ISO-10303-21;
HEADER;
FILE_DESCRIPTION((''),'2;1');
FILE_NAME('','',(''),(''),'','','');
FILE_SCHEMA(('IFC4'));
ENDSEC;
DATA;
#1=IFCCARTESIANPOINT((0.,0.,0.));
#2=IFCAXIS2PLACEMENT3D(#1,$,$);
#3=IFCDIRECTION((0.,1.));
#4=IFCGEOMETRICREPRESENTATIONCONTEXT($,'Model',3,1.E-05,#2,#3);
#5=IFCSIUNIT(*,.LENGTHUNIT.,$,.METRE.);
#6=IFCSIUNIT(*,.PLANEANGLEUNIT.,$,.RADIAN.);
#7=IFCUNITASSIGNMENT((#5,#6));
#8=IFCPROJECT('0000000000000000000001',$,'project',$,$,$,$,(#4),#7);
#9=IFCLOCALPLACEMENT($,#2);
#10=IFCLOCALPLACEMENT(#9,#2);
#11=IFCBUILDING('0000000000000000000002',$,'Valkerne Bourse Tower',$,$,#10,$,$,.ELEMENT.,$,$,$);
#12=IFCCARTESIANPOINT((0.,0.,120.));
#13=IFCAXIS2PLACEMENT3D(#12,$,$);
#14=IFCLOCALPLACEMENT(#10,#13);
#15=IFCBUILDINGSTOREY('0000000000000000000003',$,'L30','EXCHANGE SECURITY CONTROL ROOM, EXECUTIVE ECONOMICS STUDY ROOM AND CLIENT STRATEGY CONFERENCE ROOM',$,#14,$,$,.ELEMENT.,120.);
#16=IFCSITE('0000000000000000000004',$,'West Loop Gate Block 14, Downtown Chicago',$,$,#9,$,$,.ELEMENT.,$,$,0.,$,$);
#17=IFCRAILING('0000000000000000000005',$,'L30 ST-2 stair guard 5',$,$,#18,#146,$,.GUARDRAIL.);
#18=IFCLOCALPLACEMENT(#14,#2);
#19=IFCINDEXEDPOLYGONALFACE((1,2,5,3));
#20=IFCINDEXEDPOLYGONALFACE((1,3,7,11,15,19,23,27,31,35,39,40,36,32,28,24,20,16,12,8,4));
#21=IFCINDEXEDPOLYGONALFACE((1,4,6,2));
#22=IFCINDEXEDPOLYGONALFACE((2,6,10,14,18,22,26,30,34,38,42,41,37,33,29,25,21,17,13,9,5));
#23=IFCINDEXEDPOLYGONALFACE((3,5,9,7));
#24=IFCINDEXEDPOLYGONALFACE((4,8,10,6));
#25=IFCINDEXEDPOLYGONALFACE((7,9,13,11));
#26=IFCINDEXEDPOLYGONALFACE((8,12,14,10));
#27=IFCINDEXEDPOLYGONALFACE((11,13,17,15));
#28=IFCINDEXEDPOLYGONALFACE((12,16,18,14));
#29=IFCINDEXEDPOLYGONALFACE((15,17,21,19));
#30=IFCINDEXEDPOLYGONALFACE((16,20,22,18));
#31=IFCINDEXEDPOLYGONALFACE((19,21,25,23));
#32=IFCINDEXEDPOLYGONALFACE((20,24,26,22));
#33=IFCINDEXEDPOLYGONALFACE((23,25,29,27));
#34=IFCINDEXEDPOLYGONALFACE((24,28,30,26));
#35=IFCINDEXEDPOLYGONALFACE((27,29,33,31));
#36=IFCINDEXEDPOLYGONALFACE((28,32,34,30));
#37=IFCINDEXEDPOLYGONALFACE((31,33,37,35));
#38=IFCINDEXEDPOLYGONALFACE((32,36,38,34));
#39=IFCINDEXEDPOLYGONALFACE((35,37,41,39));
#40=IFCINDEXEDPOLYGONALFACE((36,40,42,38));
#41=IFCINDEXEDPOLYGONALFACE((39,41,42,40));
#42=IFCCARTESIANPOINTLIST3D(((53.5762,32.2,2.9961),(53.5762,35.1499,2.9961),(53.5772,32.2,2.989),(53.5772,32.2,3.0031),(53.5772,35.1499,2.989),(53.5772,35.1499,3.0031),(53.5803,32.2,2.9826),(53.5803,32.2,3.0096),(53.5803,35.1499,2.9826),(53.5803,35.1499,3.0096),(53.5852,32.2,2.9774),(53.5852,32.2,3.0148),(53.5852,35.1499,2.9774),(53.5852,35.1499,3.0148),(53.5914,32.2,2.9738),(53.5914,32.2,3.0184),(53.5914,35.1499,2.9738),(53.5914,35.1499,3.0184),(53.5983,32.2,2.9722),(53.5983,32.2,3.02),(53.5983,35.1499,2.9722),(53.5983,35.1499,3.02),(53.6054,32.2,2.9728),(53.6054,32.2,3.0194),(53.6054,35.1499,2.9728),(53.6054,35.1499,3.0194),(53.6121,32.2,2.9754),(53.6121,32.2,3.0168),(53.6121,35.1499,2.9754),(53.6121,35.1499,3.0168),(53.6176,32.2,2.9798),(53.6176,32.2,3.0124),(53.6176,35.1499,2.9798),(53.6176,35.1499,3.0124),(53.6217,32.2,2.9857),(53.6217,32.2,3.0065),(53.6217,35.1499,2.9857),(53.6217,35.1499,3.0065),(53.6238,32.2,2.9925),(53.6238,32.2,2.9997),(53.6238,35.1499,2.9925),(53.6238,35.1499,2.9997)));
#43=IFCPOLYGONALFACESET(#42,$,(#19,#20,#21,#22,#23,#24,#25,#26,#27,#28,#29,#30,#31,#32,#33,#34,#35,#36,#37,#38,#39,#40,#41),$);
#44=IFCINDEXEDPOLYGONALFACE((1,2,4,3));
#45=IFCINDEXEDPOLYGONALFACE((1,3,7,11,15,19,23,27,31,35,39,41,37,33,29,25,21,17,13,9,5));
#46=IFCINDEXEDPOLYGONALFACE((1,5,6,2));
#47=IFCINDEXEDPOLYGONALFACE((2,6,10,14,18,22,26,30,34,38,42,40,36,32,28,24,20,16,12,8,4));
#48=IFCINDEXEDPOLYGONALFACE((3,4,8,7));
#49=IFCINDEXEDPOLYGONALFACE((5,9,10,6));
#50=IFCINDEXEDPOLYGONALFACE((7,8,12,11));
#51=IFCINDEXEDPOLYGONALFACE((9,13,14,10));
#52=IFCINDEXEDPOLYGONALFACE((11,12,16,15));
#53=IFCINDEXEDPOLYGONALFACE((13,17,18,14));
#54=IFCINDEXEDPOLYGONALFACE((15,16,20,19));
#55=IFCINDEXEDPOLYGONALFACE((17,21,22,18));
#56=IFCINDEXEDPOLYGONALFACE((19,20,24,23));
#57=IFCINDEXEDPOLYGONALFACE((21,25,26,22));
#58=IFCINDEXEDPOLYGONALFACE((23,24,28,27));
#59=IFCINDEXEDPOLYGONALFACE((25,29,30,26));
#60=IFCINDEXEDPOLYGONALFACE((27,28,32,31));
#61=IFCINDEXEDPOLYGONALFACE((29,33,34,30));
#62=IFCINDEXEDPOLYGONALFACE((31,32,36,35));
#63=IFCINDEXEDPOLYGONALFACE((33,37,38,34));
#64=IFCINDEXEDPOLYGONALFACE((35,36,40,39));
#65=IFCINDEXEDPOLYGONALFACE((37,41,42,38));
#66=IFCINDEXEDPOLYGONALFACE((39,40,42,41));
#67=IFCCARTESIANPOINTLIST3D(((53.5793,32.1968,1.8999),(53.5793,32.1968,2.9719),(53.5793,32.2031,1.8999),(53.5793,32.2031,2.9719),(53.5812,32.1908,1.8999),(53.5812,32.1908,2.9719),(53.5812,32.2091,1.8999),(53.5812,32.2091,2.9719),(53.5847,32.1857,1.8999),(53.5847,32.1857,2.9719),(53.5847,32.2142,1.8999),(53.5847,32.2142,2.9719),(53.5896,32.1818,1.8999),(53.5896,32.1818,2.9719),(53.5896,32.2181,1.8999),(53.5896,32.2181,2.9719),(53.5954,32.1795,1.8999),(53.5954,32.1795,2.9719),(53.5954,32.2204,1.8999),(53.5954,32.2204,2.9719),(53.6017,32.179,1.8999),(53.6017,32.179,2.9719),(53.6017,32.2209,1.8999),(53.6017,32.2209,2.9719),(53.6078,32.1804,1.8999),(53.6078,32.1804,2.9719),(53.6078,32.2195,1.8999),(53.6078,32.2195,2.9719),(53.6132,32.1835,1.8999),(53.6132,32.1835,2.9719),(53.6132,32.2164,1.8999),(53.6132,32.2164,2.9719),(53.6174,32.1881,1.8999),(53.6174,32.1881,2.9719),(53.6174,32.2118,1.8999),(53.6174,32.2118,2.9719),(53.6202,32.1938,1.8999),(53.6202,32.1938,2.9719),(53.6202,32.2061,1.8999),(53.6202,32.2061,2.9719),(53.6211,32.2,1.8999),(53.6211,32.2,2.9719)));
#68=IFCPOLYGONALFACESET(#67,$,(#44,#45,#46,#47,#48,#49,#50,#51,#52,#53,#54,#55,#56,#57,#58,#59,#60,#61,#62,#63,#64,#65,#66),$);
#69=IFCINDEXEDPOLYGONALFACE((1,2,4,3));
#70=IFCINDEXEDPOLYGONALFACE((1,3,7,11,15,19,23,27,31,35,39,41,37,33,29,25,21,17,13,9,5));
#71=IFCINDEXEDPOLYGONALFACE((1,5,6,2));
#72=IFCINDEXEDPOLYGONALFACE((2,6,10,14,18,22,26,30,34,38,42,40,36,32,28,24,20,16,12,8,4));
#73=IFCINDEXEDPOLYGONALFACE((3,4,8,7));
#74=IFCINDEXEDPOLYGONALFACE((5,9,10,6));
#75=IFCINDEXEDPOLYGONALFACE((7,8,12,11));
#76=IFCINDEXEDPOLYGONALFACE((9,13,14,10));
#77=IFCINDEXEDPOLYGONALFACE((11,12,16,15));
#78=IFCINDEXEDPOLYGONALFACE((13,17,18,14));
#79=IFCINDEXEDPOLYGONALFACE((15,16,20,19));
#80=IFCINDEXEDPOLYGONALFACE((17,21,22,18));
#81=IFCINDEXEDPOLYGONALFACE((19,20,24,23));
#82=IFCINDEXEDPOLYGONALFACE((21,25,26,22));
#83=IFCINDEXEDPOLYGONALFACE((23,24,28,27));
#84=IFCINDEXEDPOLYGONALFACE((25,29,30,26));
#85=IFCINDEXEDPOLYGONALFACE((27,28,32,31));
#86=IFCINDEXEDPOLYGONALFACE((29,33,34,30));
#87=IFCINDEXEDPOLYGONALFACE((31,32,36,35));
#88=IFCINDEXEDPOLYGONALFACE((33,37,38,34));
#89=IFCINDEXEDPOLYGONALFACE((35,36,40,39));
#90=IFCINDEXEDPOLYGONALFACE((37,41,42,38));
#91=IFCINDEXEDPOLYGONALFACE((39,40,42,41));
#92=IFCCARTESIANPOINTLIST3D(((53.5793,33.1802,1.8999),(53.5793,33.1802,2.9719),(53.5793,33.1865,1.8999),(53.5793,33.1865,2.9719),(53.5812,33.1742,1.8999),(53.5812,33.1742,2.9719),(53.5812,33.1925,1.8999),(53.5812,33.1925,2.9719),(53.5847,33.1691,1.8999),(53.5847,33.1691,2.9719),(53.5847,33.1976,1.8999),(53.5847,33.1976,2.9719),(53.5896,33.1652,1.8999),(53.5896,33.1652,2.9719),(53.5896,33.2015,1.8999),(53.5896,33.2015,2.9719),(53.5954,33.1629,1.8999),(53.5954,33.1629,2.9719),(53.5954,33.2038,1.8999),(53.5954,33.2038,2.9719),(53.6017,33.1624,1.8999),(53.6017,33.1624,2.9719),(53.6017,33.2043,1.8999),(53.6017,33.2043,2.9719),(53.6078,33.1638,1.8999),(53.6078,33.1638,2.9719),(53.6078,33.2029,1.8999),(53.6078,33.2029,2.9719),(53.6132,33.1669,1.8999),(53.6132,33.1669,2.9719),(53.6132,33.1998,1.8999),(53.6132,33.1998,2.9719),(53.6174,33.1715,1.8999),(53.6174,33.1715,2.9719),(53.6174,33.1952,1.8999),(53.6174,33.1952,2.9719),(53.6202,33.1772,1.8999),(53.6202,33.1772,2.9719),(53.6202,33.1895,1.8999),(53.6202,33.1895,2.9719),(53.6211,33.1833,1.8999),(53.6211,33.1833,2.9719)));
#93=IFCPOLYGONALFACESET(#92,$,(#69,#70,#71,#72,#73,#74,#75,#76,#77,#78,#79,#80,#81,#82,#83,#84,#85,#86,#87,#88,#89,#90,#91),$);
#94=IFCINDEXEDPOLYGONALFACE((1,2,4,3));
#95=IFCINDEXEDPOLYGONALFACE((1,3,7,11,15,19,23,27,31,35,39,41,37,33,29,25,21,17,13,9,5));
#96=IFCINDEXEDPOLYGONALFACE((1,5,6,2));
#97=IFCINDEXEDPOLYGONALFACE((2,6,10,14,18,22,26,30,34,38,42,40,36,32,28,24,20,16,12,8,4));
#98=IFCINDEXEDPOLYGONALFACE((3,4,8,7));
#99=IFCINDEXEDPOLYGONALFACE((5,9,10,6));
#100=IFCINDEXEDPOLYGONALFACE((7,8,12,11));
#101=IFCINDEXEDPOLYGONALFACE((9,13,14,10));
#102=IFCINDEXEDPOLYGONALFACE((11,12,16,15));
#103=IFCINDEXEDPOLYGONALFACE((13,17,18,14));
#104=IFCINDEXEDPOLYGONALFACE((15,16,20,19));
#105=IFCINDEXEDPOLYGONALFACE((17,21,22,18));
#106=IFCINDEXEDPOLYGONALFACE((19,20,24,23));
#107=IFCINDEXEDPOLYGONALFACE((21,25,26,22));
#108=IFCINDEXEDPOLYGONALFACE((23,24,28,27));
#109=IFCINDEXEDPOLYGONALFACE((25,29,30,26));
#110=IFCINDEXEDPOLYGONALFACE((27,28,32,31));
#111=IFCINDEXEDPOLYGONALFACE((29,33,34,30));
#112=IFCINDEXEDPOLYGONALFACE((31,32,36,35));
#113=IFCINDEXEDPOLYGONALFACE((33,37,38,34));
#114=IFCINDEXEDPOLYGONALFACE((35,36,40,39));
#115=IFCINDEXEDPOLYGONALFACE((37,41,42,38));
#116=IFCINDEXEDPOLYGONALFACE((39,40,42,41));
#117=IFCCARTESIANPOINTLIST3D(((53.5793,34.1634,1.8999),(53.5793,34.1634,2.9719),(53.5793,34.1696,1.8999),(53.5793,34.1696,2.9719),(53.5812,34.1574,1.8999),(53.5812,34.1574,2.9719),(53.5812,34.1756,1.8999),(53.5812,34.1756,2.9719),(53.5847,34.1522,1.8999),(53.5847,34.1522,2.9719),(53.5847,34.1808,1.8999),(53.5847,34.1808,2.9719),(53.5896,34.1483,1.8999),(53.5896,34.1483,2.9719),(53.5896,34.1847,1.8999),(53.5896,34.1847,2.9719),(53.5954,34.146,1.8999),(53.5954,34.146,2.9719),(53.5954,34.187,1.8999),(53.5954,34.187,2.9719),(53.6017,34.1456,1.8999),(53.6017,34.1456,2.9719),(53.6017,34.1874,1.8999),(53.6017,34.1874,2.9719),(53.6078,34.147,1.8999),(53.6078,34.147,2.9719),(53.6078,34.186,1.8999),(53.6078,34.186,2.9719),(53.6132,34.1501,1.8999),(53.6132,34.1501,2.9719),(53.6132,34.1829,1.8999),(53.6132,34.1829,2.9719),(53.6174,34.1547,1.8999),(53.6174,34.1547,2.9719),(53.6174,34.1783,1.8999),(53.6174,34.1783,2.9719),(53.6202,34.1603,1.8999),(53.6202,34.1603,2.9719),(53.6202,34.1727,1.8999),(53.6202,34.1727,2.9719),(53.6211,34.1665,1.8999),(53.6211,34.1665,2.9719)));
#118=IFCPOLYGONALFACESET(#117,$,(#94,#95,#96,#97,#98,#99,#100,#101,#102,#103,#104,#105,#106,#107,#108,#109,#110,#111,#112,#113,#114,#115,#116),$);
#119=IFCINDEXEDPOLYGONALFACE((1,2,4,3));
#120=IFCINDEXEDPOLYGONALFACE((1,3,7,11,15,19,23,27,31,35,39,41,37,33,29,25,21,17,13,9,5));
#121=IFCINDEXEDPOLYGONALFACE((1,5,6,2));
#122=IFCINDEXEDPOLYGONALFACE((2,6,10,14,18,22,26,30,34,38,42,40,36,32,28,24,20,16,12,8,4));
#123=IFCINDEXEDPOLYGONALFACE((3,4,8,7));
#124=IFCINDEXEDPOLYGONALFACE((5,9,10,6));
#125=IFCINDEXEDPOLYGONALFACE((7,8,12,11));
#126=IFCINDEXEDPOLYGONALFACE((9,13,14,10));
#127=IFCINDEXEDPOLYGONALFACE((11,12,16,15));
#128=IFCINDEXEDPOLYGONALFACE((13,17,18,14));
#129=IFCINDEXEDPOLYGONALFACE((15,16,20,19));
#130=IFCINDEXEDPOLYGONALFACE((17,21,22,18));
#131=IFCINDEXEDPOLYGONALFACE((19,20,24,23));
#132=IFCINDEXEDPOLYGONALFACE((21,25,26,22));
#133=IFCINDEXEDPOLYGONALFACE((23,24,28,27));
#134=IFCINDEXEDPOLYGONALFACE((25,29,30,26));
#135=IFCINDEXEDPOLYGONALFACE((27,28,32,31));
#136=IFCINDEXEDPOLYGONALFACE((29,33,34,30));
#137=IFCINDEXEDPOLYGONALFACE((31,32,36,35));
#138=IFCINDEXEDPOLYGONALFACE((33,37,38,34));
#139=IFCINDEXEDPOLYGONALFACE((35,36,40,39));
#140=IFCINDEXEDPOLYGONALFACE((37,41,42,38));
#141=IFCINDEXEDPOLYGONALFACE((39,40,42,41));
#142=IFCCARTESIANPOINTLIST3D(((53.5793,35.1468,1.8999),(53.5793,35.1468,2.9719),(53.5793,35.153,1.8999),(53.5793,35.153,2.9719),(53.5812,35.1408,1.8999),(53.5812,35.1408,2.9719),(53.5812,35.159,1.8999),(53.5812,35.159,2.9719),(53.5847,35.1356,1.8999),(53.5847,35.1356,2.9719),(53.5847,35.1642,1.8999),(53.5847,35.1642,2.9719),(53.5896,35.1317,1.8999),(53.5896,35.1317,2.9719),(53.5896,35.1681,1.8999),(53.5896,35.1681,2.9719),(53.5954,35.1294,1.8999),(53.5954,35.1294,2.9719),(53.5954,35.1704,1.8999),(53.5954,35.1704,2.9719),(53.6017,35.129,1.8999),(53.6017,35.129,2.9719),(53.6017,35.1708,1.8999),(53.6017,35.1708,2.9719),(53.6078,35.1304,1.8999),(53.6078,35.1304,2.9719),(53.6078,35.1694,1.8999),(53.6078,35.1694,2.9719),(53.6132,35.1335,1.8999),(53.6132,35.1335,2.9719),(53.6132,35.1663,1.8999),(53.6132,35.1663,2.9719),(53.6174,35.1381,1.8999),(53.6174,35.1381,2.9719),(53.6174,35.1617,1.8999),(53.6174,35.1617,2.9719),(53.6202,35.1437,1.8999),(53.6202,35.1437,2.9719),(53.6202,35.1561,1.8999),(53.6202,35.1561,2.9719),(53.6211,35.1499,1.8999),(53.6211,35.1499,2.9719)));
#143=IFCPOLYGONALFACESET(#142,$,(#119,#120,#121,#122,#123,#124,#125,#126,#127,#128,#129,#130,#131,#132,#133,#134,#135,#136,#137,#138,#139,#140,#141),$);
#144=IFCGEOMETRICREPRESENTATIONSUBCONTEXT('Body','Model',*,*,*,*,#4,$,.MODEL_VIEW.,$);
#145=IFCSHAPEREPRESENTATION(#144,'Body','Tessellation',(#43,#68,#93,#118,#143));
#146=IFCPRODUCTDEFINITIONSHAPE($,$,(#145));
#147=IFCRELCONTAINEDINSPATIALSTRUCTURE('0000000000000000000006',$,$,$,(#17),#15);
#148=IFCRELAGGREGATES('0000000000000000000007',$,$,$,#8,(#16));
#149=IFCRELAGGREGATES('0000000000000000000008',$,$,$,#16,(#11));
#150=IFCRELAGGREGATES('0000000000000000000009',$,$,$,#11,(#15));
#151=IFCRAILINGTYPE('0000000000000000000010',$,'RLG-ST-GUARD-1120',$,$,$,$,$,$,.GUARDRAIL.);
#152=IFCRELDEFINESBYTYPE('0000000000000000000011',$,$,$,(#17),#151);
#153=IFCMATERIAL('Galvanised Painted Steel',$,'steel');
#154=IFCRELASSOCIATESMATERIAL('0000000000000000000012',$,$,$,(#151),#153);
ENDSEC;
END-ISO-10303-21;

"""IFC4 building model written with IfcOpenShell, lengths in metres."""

from ifc_helpers import new_model, si_unit, direction, frame, origin, origin_2d, place, context, subcontext, project, spatial, circle, extrude, material, type_object, element, save


model = new_model("IFC4")

# Units and contexts
model_context = context("Model", 3, precision=1e-05, world=origin(), true_north=direction((0.0, 1.0)))
body_context = subcontext(model_context, "Body", "Model", "MODEL_VIEW")
ifc_project = project(units=[si_unit("LENGTHUNIT", "METRE"), si_unit("PLANEANGLEUNIT", "RADIAN")], contexts=[model_context])

# Site, building, storey
site_placement = place(None, origin())
site = spatial("IfcSite", under=ifc_project, at=site_placement, Name="West Loop Gate Block 14, Downtown Chicago", CompositionType="ELEMENT", RefElevation=0.0)
building_placement = place(site_placement, origin())
building = spatial("IfcBuilding", under=site, at=building_placement, Name="Valkerne Bourse Tower", CompositionType="ELEMENT")
storey_placement = place(building_placement, frame((0.0, 0.0, 120.0)))
storey = spatial("IfcBuildingStorey", under=building, at=storey_placement, Name="L30", Description="EXCHANGE SECURITY CONTROL ROOM, EXECUTIVE ECONOMICS STUDY ROOM AND CLIENT STRATEGY CONFERENCE ROOM", CompositionType="ELEMENT", Elevation=120.0)

# Railing
ifc_material_1 = material(Name="Galvanised Painted Steel", Category="steel")
railing_type_1 = type_object("IfcRailingType", Name="RLG-ST-GUARD-1120", PredefinedType="GUARDRAIL", material=ifc_material_1)
railing_1_placement = place(storey_placement, frame((53.6001, 32.2, 1.8999)))
element("IfcRailing", 1, at=railing_1_placement, inside=storey, type_object=railing_type_1, Name="L30 ST-2 stair guard 5", PredefinedType="GUARDRAIL", context=body_context, shape_type="SweptSolid", body=[
    extrude(circle(Radius=0.0239, at=origin_2d()), frame((0.0, 0.0, 1.0962), z_axis=(0.0, 1.0, 0.0), x_axis=(-1.0, 0.0, 0.0)), (0.0, 0.0, 1.0), 2.95),
    extrude(circle(Radius=0.021, at=origin_2d()), origin(), (0.0, 0.0, 1.0), 1.072),
    extrude(circle(Radius=0.021, at=origin_2d()), frame((0.0, 0.9834, 0.0)), (0.0, 0.0, 1.0), 1.072),
    extrude(circle(Radius=0.021, at=origin_2d()), frame((0.0, 1.9666, 0.0)), (0.0, 0.0, 1.0), 1.072),
    extrude(circle(Radius=0.021, at=origin_2d()), frame((0.0, 2.95, 0.0)), (0.0, 0.0, 1.0), 1.072),
])

save(model, "model.ifc")
